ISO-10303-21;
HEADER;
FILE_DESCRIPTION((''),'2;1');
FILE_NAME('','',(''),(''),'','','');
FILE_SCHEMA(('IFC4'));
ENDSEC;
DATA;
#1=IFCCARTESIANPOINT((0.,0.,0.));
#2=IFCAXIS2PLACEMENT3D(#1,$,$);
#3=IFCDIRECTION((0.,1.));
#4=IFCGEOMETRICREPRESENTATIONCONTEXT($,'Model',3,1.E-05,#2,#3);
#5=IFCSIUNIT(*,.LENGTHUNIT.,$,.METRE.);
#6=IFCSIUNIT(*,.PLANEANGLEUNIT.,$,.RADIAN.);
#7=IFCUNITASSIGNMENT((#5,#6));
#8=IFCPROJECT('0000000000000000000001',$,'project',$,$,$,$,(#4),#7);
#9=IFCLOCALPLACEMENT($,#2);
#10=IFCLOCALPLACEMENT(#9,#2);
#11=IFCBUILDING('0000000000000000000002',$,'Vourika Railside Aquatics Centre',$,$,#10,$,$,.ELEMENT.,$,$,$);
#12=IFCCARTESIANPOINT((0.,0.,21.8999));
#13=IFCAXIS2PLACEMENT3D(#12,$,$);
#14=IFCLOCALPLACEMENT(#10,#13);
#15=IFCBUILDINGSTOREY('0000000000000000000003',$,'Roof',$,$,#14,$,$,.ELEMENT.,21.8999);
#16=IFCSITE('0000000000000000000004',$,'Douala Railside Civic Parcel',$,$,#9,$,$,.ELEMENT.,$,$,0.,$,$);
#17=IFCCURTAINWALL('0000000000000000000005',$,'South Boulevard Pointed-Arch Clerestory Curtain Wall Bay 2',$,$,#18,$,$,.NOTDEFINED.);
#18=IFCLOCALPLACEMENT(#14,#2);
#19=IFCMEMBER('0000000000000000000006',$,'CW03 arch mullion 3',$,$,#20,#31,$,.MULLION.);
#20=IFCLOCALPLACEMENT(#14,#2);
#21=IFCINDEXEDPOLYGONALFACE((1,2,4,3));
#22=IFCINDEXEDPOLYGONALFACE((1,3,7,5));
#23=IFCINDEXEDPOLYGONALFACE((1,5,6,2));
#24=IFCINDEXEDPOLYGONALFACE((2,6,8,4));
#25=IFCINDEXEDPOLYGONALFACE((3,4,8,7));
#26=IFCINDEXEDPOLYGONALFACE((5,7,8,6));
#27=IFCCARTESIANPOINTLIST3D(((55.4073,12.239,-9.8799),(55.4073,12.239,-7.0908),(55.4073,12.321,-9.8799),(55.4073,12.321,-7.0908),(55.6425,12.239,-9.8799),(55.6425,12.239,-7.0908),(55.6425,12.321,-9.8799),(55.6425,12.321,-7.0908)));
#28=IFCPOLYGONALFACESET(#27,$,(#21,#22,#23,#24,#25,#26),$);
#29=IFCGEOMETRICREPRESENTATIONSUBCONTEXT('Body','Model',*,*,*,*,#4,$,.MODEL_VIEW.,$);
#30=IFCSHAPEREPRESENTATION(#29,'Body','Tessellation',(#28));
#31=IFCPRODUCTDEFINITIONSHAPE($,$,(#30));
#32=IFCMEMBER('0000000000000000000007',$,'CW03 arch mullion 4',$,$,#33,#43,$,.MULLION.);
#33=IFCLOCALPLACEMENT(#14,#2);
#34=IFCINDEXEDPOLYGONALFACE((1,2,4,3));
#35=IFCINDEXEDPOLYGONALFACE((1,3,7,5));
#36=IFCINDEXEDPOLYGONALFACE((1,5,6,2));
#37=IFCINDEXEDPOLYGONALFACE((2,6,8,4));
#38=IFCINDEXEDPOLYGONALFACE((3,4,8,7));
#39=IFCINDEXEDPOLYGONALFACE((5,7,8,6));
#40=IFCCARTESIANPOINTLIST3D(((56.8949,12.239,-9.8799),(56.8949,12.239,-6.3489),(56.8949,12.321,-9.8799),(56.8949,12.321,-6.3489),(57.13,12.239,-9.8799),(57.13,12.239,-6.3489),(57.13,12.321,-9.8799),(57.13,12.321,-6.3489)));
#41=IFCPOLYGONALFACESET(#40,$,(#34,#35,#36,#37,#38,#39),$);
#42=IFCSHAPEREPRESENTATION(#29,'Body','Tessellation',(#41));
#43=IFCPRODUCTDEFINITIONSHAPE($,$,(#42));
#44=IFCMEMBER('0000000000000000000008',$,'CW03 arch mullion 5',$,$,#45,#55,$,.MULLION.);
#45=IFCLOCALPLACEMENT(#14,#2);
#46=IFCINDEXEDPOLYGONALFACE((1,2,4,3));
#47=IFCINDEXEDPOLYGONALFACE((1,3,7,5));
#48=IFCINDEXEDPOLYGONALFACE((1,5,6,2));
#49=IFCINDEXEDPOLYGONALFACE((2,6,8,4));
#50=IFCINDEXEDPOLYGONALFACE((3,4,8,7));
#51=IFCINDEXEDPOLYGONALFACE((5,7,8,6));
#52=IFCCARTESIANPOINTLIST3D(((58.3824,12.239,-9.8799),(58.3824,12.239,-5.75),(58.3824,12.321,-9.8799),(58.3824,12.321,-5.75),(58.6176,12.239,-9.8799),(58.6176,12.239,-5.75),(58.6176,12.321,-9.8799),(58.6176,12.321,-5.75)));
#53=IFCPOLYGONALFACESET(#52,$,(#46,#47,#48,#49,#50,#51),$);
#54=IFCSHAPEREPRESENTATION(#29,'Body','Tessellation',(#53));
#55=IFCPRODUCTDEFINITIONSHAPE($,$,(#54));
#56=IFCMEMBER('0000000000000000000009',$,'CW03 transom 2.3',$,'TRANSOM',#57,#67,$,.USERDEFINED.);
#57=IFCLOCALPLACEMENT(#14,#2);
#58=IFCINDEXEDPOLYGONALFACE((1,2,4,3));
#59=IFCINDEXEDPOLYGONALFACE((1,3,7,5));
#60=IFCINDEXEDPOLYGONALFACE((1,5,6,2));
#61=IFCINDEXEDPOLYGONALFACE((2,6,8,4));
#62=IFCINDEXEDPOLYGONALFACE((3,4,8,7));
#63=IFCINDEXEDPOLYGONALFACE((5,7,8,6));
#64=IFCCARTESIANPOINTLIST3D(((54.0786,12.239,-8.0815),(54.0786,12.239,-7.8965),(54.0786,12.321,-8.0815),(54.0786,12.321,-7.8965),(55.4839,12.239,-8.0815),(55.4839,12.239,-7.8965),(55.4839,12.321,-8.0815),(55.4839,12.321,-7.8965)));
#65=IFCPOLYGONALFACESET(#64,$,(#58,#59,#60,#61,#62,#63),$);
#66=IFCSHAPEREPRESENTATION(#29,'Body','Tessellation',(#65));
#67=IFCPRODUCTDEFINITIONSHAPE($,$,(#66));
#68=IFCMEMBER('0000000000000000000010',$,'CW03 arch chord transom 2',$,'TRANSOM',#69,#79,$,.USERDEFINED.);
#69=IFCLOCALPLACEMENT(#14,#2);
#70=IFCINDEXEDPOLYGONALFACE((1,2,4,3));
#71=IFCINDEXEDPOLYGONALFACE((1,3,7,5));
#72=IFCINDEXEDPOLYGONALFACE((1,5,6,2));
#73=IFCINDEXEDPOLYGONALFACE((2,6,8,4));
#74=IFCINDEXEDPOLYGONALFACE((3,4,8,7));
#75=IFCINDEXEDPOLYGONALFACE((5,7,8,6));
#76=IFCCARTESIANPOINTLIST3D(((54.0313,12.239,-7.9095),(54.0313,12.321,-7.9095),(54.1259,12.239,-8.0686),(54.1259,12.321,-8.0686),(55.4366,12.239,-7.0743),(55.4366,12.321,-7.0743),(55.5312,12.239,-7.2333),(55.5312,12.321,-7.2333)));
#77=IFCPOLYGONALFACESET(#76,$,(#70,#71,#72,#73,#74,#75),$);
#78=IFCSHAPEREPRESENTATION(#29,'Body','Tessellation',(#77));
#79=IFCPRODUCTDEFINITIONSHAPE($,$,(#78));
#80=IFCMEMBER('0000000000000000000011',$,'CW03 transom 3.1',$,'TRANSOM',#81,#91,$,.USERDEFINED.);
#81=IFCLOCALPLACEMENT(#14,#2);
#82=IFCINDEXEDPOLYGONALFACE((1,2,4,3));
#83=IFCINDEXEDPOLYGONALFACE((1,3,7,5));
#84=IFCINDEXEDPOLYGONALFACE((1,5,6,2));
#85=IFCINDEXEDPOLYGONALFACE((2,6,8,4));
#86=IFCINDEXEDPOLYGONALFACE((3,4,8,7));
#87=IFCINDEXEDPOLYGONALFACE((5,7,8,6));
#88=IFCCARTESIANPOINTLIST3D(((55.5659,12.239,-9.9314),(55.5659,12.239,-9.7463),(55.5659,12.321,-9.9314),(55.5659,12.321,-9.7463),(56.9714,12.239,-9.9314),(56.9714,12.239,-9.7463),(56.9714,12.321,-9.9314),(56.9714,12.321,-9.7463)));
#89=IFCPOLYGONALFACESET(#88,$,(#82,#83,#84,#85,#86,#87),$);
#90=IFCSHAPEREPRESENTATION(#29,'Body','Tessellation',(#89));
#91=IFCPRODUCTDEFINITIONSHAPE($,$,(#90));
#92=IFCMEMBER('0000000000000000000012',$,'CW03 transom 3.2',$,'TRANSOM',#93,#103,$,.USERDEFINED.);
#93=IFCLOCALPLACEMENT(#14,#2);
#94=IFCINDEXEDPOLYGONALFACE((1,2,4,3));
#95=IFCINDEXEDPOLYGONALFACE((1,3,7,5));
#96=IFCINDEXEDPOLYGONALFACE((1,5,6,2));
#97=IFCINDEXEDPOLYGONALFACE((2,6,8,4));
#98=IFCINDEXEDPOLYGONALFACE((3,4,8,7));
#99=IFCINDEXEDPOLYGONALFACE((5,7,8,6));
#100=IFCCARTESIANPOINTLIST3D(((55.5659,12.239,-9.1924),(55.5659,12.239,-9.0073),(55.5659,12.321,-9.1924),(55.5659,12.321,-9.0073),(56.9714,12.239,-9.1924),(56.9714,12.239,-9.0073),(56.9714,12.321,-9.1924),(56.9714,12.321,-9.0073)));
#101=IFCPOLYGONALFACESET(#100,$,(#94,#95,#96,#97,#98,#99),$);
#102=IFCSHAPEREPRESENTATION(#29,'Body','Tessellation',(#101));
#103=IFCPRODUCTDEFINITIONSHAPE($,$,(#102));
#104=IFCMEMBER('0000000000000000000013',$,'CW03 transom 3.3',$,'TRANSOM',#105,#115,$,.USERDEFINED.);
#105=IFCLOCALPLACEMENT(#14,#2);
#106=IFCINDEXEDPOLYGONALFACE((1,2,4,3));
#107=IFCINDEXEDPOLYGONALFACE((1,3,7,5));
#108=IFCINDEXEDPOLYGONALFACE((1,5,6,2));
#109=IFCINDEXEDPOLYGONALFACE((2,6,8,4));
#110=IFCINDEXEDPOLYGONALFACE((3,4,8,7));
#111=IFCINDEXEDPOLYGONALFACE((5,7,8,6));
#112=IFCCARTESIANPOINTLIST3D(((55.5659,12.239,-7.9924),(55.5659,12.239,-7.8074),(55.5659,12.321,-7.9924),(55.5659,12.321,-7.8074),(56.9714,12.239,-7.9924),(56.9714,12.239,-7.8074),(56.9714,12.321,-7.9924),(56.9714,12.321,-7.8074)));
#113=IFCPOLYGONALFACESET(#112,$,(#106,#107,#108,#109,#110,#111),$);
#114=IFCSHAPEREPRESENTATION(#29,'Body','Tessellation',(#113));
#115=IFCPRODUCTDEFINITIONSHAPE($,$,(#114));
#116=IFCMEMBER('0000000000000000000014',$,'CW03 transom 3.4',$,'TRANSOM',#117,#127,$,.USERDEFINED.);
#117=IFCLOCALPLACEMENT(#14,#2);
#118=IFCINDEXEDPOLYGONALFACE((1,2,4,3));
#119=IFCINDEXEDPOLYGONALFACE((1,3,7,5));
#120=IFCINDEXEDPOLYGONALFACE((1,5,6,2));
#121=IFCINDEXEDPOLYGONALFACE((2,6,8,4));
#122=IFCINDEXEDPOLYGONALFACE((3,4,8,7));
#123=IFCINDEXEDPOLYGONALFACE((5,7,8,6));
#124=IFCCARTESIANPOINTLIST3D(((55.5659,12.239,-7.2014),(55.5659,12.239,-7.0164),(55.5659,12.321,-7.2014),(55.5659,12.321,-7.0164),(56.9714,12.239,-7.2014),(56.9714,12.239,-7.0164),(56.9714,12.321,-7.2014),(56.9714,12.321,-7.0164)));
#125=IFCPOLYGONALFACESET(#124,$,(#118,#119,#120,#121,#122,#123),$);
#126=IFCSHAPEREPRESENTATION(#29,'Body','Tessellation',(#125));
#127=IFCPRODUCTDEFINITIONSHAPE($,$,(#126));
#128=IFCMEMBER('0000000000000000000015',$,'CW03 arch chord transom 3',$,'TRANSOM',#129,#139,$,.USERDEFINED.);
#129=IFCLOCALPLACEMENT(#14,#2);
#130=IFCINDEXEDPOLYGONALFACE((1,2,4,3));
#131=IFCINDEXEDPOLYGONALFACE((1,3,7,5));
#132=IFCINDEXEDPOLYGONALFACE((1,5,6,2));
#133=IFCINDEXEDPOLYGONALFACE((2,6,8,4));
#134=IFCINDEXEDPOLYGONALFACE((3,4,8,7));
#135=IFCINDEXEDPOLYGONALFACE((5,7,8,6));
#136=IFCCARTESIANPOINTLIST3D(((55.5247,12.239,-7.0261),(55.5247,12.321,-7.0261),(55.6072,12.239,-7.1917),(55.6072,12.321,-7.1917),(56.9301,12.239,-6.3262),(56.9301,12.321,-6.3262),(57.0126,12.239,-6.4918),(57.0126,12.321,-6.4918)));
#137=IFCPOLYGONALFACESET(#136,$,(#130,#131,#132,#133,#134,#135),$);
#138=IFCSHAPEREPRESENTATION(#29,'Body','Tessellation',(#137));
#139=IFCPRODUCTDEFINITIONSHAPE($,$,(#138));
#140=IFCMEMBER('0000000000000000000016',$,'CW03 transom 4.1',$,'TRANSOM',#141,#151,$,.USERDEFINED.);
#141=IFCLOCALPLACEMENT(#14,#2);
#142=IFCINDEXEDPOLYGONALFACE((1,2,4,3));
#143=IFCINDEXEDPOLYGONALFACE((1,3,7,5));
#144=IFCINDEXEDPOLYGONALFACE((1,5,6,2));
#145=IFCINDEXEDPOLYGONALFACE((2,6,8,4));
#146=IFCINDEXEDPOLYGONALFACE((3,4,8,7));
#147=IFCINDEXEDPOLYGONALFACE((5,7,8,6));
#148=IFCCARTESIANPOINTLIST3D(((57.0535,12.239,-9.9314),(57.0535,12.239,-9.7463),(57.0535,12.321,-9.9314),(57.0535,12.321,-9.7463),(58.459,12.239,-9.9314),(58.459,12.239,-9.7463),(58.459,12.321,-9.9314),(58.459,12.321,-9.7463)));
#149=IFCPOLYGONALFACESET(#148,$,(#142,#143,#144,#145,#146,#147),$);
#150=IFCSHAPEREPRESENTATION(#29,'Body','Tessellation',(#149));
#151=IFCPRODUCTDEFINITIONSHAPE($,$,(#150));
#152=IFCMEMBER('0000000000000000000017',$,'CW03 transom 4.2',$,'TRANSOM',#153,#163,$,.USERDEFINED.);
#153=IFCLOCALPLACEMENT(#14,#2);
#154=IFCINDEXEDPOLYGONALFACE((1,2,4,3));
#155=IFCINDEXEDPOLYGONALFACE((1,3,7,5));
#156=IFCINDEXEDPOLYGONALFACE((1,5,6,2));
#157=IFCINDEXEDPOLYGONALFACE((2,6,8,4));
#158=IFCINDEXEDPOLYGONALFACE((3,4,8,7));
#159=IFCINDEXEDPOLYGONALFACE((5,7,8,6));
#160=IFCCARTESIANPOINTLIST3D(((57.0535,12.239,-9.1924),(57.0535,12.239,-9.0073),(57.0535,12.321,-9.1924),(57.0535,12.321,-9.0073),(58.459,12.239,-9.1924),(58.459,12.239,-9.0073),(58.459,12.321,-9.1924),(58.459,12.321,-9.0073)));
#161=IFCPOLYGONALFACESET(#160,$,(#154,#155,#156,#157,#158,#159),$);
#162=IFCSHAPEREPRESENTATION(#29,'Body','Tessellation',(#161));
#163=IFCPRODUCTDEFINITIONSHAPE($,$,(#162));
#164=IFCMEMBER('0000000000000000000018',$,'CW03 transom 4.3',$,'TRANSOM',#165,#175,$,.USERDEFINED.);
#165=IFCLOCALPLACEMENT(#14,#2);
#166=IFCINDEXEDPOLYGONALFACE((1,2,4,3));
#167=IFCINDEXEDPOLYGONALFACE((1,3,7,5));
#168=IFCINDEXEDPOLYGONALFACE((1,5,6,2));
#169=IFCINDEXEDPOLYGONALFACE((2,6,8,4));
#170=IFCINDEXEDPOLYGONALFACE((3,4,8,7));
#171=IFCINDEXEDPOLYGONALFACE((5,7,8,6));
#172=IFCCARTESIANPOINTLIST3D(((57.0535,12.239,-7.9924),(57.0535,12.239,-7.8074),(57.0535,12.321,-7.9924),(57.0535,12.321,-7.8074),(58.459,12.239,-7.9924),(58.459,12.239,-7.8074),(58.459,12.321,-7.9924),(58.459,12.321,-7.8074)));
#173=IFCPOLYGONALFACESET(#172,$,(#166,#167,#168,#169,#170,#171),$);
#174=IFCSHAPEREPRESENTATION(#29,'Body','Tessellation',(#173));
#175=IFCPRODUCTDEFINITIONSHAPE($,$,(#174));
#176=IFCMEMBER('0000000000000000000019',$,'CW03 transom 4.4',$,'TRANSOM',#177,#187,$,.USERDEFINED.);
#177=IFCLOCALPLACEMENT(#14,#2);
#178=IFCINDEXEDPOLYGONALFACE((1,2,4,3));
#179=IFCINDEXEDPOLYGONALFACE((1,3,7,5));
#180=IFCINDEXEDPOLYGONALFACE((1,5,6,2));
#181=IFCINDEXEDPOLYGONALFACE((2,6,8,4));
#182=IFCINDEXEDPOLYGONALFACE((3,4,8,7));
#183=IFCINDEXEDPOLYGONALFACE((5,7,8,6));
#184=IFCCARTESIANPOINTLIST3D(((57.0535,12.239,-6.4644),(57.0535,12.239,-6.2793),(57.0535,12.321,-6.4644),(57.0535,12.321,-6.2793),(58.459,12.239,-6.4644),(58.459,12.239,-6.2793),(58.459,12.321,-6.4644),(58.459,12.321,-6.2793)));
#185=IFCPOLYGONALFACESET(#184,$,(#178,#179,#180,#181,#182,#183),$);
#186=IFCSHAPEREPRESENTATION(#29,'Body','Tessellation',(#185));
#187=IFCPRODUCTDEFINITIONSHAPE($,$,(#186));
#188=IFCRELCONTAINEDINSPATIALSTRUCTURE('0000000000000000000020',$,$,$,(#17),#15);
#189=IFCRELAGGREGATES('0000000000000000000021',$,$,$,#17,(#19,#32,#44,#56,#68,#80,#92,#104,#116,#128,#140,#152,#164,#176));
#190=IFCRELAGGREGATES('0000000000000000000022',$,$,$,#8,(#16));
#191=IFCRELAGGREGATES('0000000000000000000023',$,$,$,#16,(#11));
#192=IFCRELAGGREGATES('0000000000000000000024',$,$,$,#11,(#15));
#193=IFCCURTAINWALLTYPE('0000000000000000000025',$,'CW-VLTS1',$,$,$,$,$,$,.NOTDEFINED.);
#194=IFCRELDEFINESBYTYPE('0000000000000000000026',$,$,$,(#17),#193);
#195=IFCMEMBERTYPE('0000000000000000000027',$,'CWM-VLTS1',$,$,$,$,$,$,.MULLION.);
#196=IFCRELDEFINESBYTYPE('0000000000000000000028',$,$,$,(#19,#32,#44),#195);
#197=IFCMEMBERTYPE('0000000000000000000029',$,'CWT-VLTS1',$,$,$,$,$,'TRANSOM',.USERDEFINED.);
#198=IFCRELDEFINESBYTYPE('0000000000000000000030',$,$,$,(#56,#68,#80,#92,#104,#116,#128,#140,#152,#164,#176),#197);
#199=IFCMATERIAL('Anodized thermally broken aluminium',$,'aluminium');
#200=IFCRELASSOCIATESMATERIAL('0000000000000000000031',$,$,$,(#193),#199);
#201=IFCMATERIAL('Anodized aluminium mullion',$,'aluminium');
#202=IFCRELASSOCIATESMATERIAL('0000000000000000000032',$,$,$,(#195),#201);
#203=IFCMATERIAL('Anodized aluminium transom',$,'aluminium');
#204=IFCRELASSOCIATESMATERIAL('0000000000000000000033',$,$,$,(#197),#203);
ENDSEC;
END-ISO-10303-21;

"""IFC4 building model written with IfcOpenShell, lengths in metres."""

from ifc_helpers import new_model, si_unit, direction, frame, origin, origin_2d, place, context, subcontext, project, spatial, rectangle, extrude, material, material_profile, profile_set, type_object, element, aggregate, save


model = new_model("IFC4")

# Units and contexts
model_context = context("Model", 3, precision=1e-05, world=origin(), true_north=direction((0.0, 1.0)))
body_context = subcontext(model_context, "Body", "Model", "MODEL_VIEW")
ifc_project = project(units=[si_unit("LENGTHUNIT", "METRE"), si_unit("PLANEANGLEUNIT", "RADIAN")], contexts=[model_context])

# Site, building, storey
site_placement = place(None, origin())
site = spatial("IfcSite", under=ifc_project, at=site_placement, Name="Douala Railside Civic Parcel", CompositionType="ELEMENT", RefElevation=0.0)
building_placement = place(site_placement, origin())
building = spatial("IfcBuilding", under=site, at=building_placement, Name="Vourika Railside Aquatics Centre", CompositionType="ELEMENT")
storey_placement = place(building_placement, frame((0.0, 0.0, 21.8999)))
storey = spatial("IfcBuildingStorey", under=building, at=storey_placement, Name="Roof", CompositionType="ELEMENT", Elevation=21.8999)

# Curtain wall, members
ifc_material_1 = material(Name="Anodized thermally broken aluminium", Category="aluminium")
curtain_wall_type = type_object("IfcCurtainWallType", Name="CW-VLTS1", PredefinedType="NOTDEFINED", material=ifc_material_1)
curtain_wall_placement = place(storey_placement, origin())
curtain_wall = element("IfcCurtainWall", 1, at=curtain_wall_placement, inside=storey, type_object=curtain_wall_type, Name="South Boulevard Pointed-Arch Clerestory Curtain Wall Bay 2", PredefinedType="NOTDEFINED")
ifc_material_2 = material(Name="Anodized aluminium mullion", Category="aluminium")
ifc_material_profile_1 = material_profile(ifc_material_2, rectangle(XDim=0.082, YDim=0.2351, at=origin_2d()), Name="ALU-M 82x235")
ifc_profile_set_1 = profile_set([ifc_material_profile_1], Name="Anodized aluminium mullion")
member_type_1 = type_object("IfcMemberType", Name="CWM-VLTS1", PredefinedType="MULLION", material=ifc_profile_set_1)
member_1_placement = place(storey_placement, frame((55.5249, 12.28, -9.8799), z_axis=(0.0, 0.0, 1.0), x_axis=(0.0, 1.0, 0.0)))
member_1 = element("IfcMember", 2, at=member_1_placement, type_object=member_type_1, Name="CW03 arch mullion 3", PredefinedType="MULLION", context=body_context, shape_type="SweptSolid", body=[
    extrude(rectangle(XDim=0.082, YDim=0.2351, at=origin_2d()), origin(), (0.0, 0.0, 1.0), 2.7891),
])
member_2_placement = place(storey_placement, frame((57.0125, 12.28, -9.8799), z_axis=(0.0, 0.0, 1.0), x_axis=(0.0, 1.0, 0.0)))
member_2 = element("IfcMember", 3, at=member_2_placement, type_object=member_type_1, Name="CW03 arch mullion 4", PredefinedType="MULLION", context=body_context, shape_type="SweptSolid", body=[
    extrude(rectangle(XDim=0.082, YDim=0.2351, at=origin_2d()), origin(), (0.0, 0.0, 1.0), 3.531),
])
member_3_placement = place(storey_placement, frame((58.5, 12.28, -9.8799), z_axis=(0.0, 0.0, 1.0), x_axis=(0.0, 1.0, 0.0)))
member_3 = element("IfcMember", 4, at=member_3_placement, type_object=member_type_1, Name="CW03 arch mullion 5", PredefinedType="MULLION", context=body_context, shape_type="SweptSolid", body=[
    extrude(rectangle(XDim=0.082, YDim=0.2351, at=origin_2d()), origin(), (0.0, 0.0, 1.0), 4.1299),
])
ifc_material_3 = material(Name="Anodized aluminium transom", Category="aluminium")
ifc_material_profile_2 = material_profile(ifc_material_3, rectangle(XDim=0.082, YDim=0.1851, at=origin_2d()), Name="ALU-T 82x185")
ifc_profile_set_2 = profile_set([ifc_material_profile_2], Name="Anodized aluminium transom")
member_type_2 = type_object("IfcMemberType", Name="CWT-VLTS1", ElementType="TRANSOM", PredefinedType="USERDEFINED", material=ifc_profile_set_2)
member_4_placement = place(storey_placement, frame((54.0786, 12.28, -7.989), z_axis=(1.0, 0.0, 0.0), x_axis=(0.0, 1.0, 0.0)))
member_4 = element("IfcMember", 5, at=member_4_placement, type_object=member_type_2, Name="CW03 transom 2.3", ObjectType="TRANSOM", PredefinedType="USERDEFINED", context=body_context, shape_type="SweptSolid", body=[
    extrude(rectangle(XDim=0.082, YDim=0.1851, at=origin_2d()), origin(), (0.0, 0.0, 1.0), 1.4053),
])
member_5_placement = place(storey_placement, frame((54.0786, 12.28, -7.989), z_axis=(0.859633, 0.0, 0.510911), x_axis=(0.0, 1.0, 0.0)))
member_5 = element("IfcMember", 6, at=member_5_placement, type_object=member_type_2, Name="CW03 arch chord transom 2", ObjectType="TRANSOM", PredefinedType="USERDEFINED", context=body_context, shape_type="SweptSolid", body=[
    extrude(rectangle(XDim=0.082, YDim=0.1851, at=origin_2d()), origin(), (0.0, 0.0, 1.0), 1.6348),
])
member_6_placement = place(storey_placement, frame((55.5659, 12.28, -9.8389), z_axis=(1.0, 0.0, 0.0), x_axis=(0.0, 1.0, 0.0)))
member_6 = element("IfcMember", 7, at=member_6_placement, type_object=member_type_2, Name="CW03 transom 3.1", ObjectType="TRANSOM", PredefinedType="USERDEFINED", context=body_context, shape_type="SweptSolid", body=[
    extrude(rectangle(XDim=0.082, YDim=0.1851, at=origin_2d()), origin(), (0.0, 0.0, 1.0), 1.4055),
])
member_7_placement = place(storey_placement, frame((55.5659, 12.28, -9.0999), z_axis=(1.0, 0.0, 0.0), x_axis=(0.0, 1.0, 0.0)))
member_7 = element("IfcMember", 8, at=member_7_placement, type_object=member_type_2, Name="CW03 transom 3.2", ObjectType="TRANSOM", PredefinedType="USERDEFINED", context=body_context, shape_type="SweptSolid", body=[
    extrude(rectangle(XDim=0.082, YDim=0.1851, at=origin_2d()), origin(), (0.0, 0.0, 1.0), 1.4055),
])
member_8_placement = place(storey_placement, frame((55.5659, 12.28, -7.8999), z_axis=(1.0, 0.0, 0.0), x_axis=(0.0, 1.0, 0.0)))
member_8 = element("IfcMember", 9, at=member_8_placement, type_object=member_type_2, Name="CW03 transom 3.3", ObjectType="TRANSOM", PredefinedType="USERDEFINED", context=body_context, shape_type="SweptSolid", body=[
    extrude(rectangle(XDim=0.082, YDim=0.1851, at=origin_2d()), origin(), (0.0, 0.0, 1.0), 1.4055),
])
member_9_placement = place(storey_placement, frame((55.5659, 12.28, -7.1089), z_axis=(1.0, 0.0, 0.0), x_axis=(0.0, 1.0, 0.0)))
member_9 = element("IfcMember", 10, at=member_9_placement, type_object=member_type_2, Name="CW03 transom 3.4", ObjectType="TRANSOM", PredefinedType="USERDEFINED", context=body_context, shape_type="SweptSolid", body=[
    extrude(rectangle(XDim=0.082, YDim=0.1851, at=origin_2d()), origin(), (0.0, 0.0, 1.0), 1.4055),
])
member_10_placement = place(storey_placement, frame((55.5659, 12.28, -7.1089), z_axis=(0.895141, 0.0, 0.445783), x_axis=(0.0, 1.0, 0.0)))
member_10 = element("IfcMember", 11, at=member_10_placement, type_object=member_type_2, Name="CW03 arch chord transom 3", ObjectType="TRANSOM", PredefinedType="USERDEFINED", context=body_context, shape_type="SweptSolid", body=[
    extrude(rectangle(XDim=0.082, YDim=0.1851, at=origin_2d()), origin(), (0.0, 0.0, 1.0), 1.5701),
])
member_11_placement = place(storey_placement, frame((57.0535, 12.28, -9.8389), z_axis=(1.0, 0.0, 0.0), x_axis=(0.0, 1.0, 0.0)))
member_11 = element("IfcMember", 12, at=member_11_placement, type_object=member_type_2, Name="CW03 transom 4.1", ObjectType="TRANSOM", PredefinedType="USERDEFINED", context=body_context, shape_type="SweptSolid", body=[
    extrude(rectangle(XDim=0.082, YDim=0.1851, at=origin_2d()), origin(), (0.0, 0.0, 1.0), 1.4055),
])
member_12_placement = place(storey_placement, frame((57.0535, 12.28, -9.0999), z_axis=(1.0, 0.0, 0.0), x_axis=(0.0, 1.0, 0.0)))
member_12 = element("IfcMember", 13, at=member_12_placement, type_object=member_type_2, Name="CW03 transom 4.2", ObjectType="TRANSOM", PredefinedType="USERDEFINED", context=body_context, shape_type="SweptSolid", body=[
    extrude(rectangle(XDim=0.082, YDim=0.1851, at=origin_2d()), origin(), (0.0, 0.0, 1.0), 1.4055),
])
member_13_placement = place(storey_placement, frame((57.0535, 12.28, -7.8999), z_axis=(1.0, 0.0, 0.0), x_axis=(0.0, 1.0, 0.0)))
member_13 = element("IfcMember", 14, at=member_13_placement, type_object=member_type_2, Name="CW03 transom 4.3", ObjectType="TRANSOM", PredefinedType="USERDEFINED", context=body_context, shape_type="SweptSolid", body=[
    extrude(rectangle(XDim=0.082, YDim=0.1851, at=origin_2d()), origin(), (0.0, 0.0, 1.0), 1.4055),
])
member_14_placement = place(storey_placement, frame((57.0535, 12.28, -6.3718), z_axis=(1.0, 0.0, 0.0), x_axis=(0.0, 1.0, 0.0)))
member_14 = element("IfcMember", 15, at=member_14_placement, type_object=member_type_2, Name="CW03 transom 4.4", ObjectType="TRANSOM", PredefinedType="USERDEFINED", context=body_context, shape_type="SweptSolid", body=[
    extrude(rectangle(XDim=0.082, YDim=0.1851, at=origin_2d()), origin(), (0.0, 0.0, 1.0), 1.4055),
])
aggregate(curtain_wall, [member_1, member_2, member_3, member_4, member_5, member_6, member_7, member_8, member_9, member_10, member_11, member_12, member_13, member_14])

save(model, "model.ifc")
